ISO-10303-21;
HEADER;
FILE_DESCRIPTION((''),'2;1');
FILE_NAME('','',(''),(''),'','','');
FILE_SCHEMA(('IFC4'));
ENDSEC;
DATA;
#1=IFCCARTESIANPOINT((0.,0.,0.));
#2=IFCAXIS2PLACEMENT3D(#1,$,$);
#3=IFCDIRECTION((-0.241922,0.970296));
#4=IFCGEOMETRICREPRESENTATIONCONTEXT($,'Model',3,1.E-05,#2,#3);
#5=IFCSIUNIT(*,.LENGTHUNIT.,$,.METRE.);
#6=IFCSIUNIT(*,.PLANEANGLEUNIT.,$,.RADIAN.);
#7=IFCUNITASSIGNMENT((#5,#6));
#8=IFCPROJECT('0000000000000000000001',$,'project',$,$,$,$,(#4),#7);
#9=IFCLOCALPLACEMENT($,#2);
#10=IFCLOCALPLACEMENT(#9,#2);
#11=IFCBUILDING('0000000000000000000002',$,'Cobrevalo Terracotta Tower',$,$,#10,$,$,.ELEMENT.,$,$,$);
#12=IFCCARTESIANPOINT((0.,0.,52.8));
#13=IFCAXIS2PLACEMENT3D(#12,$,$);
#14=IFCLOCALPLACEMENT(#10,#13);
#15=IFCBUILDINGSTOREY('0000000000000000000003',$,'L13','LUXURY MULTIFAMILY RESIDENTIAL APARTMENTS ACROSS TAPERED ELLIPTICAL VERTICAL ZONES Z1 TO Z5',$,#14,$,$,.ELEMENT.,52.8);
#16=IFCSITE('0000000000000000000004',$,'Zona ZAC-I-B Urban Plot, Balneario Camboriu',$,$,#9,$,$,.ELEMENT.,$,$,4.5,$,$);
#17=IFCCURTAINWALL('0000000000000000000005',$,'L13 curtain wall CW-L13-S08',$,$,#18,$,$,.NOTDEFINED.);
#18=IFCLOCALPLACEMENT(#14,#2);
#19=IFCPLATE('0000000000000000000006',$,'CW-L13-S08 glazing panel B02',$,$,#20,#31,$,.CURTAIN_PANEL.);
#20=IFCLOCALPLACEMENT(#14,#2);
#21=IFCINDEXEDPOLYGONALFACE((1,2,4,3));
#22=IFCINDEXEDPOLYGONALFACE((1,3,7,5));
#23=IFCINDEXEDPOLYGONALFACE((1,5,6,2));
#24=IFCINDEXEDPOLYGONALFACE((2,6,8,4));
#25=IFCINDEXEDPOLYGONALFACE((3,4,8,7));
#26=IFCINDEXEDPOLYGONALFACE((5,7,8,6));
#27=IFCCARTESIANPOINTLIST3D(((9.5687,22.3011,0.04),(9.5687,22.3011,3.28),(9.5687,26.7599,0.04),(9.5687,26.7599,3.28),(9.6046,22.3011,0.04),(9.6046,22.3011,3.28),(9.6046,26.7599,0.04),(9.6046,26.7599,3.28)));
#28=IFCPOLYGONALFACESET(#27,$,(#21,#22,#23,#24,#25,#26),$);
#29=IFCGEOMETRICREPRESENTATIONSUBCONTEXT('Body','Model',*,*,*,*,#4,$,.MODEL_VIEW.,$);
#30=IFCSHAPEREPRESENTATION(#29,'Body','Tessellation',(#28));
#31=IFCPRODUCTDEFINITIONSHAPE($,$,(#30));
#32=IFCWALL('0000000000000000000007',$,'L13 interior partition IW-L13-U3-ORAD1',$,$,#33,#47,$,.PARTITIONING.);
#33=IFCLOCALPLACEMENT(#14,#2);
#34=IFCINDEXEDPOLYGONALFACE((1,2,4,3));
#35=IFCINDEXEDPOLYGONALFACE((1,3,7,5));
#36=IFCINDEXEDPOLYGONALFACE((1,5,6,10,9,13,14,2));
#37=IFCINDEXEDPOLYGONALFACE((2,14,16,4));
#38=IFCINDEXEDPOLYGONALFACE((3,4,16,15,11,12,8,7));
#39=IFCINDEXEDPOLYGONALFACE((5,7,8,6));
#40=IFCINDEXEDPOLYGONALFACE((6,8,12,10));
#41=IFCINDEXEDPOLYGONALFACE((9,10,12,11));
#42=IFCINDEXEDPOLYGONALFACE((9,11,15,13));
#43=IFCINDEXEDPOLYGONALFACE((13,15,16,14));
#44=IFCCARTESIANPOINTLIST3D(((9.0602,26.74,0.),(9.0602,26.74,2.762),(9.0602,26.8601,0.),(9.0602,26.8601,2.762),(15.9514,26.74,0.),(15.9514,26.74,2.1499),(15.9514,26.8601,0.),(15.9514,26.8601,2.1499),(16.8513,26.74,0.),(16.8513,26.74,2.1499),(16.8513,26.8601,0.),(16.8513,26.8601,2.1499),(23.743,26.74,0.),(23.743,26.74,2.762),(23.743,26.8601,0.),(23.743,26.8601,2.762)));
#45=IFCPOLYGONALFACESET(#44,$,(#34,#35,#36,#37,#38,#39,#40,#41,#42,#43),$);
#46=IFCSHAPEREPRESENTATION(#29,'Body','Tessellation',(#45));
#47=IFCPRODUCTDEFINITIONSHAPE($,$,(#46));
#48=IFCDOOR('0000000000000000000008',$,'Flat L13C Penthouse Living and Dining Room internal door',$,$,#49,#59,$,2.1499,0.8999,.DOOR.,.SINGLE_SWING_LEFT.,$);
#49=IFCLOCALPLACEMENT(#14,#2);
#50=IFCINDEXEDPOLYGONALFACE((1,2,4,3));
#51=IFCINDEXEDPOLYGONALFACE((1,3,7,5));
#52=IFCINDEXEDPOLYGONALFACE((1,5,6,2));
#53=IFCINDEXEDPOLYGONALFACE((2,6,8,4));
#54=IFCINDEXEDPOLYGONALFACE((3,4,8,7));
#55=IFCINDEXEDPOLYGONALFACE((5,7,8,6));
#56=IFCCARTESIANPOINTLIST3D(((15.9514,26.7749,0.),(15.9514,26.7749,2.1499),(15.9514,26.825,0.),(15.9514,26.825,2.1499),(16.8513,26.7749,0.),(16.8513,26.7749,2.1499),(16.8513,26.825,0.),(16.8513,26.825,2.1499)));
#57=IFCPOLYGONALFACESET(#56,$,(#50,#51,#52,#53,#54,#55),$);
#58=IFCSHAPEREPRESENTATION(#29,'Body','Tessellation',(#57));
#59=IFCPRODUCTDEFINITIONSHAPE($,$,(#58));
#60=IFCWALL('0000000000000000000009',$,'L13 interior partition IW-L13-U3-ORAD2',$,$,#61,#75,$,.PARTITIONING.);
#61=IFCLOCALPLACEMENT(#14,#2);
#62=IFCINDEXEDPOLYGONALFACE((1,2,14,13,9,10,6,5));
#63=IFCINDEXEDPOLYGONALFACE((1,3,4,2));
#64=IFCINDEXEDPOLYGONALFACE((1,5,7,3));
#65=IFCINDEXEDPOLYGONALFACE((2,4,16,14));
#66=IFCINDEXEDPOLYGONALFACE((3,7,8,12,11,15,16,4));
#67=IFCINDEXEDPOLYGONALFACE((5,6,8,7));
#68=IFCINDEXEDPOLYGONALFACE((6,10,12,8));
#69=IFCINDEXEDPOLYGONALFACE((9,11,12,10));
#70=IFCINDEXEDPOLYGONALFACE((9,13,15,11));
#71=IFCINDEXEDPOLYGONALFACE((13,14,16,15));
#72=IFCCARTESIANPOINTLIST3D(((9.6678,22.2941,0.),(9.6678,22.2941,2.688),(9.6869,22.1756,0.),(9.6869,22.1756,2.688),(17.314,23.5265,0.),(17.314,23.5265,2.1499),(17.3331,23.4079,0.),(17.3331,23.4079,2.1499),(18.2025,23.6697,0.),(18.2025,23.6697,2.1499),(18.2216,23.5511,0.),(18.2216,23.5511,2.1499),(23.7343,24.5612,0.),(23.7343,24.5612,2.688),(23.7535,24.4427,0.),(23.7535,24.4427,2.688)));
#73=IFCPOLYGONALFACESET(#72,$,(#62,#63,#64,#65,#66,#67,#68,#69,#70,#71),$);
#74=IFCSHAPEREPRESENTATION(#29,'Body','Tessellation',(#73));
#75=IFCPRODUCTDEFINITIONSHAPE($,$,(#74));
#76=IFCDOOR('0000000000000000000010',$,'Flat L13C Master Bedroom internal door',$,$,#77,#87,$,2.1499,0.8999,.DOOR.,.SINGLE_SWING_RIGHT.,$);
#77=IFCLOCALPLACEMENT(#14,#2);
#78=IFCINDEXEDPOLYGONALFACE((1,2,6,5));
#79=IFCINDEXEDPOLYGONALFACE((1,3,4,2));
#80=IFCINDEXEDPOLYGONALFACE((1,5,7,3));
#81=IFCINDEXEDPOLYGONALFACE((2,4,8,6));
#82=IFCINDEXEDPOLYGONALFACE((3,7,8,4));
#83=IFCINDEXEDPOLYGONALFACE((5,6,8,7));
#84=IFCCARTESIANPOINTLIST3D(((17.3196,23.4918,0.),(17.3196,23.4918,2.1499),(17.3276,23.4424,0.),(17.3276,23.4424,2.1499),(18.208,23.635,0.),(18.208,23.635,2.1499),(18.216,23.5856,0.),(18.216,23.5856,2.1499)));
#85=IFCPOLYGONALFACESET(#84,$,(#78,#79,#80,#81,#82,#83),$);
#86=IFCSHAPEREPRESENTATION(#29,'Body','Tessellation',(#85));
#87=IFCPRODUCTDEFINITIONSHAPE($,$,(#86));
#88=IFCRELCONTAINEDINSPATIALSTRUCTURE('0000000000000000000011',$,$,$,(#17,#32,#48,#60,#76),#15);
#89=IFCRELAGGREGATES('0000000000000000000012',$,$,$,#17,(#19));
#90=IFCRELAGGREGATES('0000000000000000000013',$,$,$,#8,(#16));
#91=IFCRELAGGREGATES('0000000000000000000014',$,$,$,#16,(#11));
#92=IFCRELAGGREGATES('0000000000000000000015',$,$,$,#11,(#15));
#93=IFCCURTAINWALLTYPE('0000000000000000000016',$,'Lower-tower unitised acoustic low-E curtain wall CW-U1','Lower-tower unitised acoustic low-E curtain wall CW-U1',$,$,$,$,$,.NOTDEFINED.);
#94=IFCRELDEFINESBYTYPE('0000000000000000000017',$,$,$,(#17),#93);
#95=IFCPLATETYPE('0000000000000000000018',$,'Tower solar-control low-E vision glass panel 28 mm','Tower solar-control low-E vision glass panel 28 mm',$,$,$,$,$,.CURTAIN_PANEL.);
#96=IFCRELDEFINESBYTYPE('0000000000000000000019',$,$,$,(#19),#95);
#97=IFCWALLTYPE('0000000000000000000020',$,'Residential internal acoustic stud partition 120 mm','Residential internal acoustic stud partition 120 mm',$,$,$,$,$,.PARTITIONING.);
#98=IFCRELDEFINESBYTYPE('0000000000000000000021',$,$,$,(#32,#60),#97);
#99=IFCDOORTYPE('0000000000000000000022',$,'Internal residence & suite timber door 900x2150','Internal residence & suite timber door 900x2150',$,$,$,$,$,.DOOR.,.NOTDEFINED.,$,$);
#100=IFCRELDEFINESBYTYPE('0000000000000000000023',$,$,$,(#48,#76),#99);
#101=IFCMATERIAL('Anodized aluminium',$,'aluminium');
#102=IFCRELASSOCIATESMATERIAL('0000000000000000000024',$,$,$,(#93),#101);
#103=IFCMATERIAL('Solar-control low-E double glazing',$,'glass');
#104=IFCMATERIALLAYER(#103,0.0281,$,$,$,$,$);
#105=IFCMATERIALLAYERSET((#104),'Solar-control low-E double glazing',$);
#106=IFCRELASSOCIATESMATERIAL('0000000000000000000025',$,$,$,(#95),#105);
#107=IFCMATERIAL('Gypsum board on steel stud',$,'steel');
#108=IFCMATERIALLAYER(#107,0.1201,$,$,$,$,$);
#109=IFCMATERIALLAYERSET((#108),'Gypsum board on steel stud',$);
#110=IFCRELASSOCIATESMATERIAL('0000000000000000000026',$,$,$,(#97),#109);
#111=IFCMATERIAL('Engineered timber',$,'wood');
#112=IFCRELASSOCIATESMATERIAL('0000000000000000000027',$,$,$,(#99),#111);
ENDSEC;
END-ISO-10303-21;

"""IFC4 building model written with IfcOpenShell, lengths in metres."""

from ifc_helpers import new_model, si_unit, direction, frame, frame_2d, origin, origin_2d, place, context, subcontext, project, spatial, rectangle, extrude, source, transform, mapped, material, layer, layer_set, type_object, element, fill, aggregate, save


model = new_model("IFC4")

# Units and contexts
model_context = context("Model", 3, precision=1e-05, world=origin(), true_north=direction((-0.241922, 0.970296)))
body_context = subcontext(model_context, "Body", "Model", "MODEL_VIEW")
ifc_project = project(units=[si_unit("LENGTHUNIT", "METRE"), si_unit("PLANEANGLEUNIT", "RADIAN")], contexts=[model_context])

# Site, building, storey
site_placement = place(None, origin())
site = spatial("IfcSite", under=ifc_project, at=site_placement, Name="Zona ZAC-I-B Urban Plot, Balneario Camboriu", CompositionType="ELEMENT", RefElevation=4.5)
building_placement = place(site_placement, origin())
building = spatial("IfcBuilding", under=site, at=building_placement, Name="Cobrevalo Terracotta Tower", CompositionType="ELEMENT")
storey_placement = place(building_placement, frame((0.0, 0.0, 52.8)))
storey = spatial("IfcBuildingStorey", under=building, at=storey_placement, Name="L13", Description="LUXURY MULTIFAMILY RESIDENTIAL APARTMENTS ACROSS TAPERED ELLIPTICAL VERTICAL ZONES Z1 TO Z5", CompositionType="ELEMENT", Elevation=52.8)

# Curtain wall, plate
ifc_material_1 = material(Name="Anodized aluminium", Category="aluminium")
curtain_wall_type = type_object("IfcCurtainWallType", Name="Lower-tower unitised acoustic low-E curtain wall CW-U1", Description="Lower-tower unitised acoustic low-E curtain wall CW-U1", PredefinedType="NOTDEFINED", material=ifc_material_1)
curtain_wall_placement = place(storey_placement, origin())
curtain_wall = element("IfcCurtainWall", 1, at=curtain_wall_placement, inside=storey, type_object=curtain_wall_type, Name="L13 curtain wall CW-L13-S08", PredefinedType="NOTDEFINED")
ifc_material_2 = material(Name="Solar-control low-E double glazing", Category="glass")
ifc_layer_1 = layer(ifc_material_2, 0.0281)
ifc_layer_set_1 = layer_set([ifc_layer_1], Name="Solar-control low-E double glazing")
plate_type = type_object("IfcPlateType", Name="Tower solar-control low-E vision glass panel 28 mm", Description="Tower solar-control low-E vision glass panel 28 mm", PredefinedType="CURTAIN_PANEL", material=ifc_layer_set_1)
shared_shape_1 = source(origin(), body_context, "Body", "SweptSolid", [
    extrude(rectangle(XDim=4.4587, YDim=0.0359, at=origin_2d()), origin(), (0.0, 0.0, 1.0), 3.24),
])
plate_1_placement = place(storey_placement, frame((9.5867, 24.5305, 0.04), z_axis=(0.0, 0.0, 1.0), x_axis=(0.0, -1.0, 0.0)))
plate_1 = element("IfcPlate", 2, at=plate_1_placement, type_object=plate_type, Name="CW-L13-S08 glazing panel B02", PredefinedType="CURTAIN_PANEL", context=body_context, shape_type="MappedRepresentation", body=[
    mapped(shared_shape_1, transform((0.0, 0.0, 0.0), scale=1.0)),
])
aggregate(curtain_wall, [plate_1])

# Walls, openings, doors
ifc_material_3 = material(Name="Gypsum board on steel stud", Category="steel")
ifc_layer_2 = layer(ifc_material_3, 0.1201)
ifc_layer_set_2 = layer_set([ifc_layer_2], Name="Gypsum board on steel stud")
wall_type = type_object("IfcWallType", Name="Residential internal acoustic stud partition 120 mm", Description="Residential internal acoustic stud partition 120 mm", PredefinedType="PARTITIONING", material=ifc_layer_set_2)
wall_1_placement = place(storey_placement, frame((23.7429, 26.8, 0.0), z_axis=(0.0, 0.0, 1.0), x_axis=(-1.0, 0.0, 0.0)))
wall_1 = element("IfcWall", 3, at=wall_1_placement, inside=storey, type_object=wall_type, Name="L13 interior partition IW-L13-U3-ORAD1", PredefinedType="PARTITIONING", context=body_context, shape_type="SweptSolid", body=[
    extrude(rectangle(XDim=14.6829, YDim=0.1201, at=frame_2d((7.3413, 0.0))), origin(), (0.0, 0.0, 1.0), 2.762),
])
opening_1_placement = place(wall_1_placement, frame((6.8916, 0.0, 0.0)))
opening_1 = element("IfcOpeningElement", 4, at=opening_1_placement, cuts=wall_1, PredefinedType="OPENING", context=body_context, shape_type="SweptSolid", body=[
    extrude(rectangle(XDim=0.8999, YDim=2.1499, at=frame_2d((0.45, 1.075))), frame((0.0, 0.0701, 0.0), z_axis=(0.0, -1.0, 0.0), x_axis=(1.0, 0.0, 0.0)), (0.0, 0.0, 1.0), 0.1401),
])
ifc_material_4 = material(Name="Engineered timber", Category="wood")
door_type = type_object("IfcDoorType", Name="Internal residence & suite timber door 900x2150", Description="Internal residence & suite timber door 900x2150", OperationType="NOTDEFINED", PredefinedType="DOOR", material=ifc_material_4)
shared_shape_2 = source(origin(), body_context, "Body", "SweptSolid", [
    extrude(rectangle(XDim=0.8999, YDim=2.1499, at=frame_2d((0.45, 1.075))), frame((0.0, 0.0249, 0.0), z_axis=(0.0, -1.0, 0.0), x_axis=(1.0, 0.0, 0.0)), (0.0, 0.0, 1.0), 0.05),
])
door_1_placement = place(opening_1_placement, frame((0.8999, 0.0, 0.0), z_axis=(0.0, 0.0, 1.0), x_axis=(-1.0, 0.0, 0.0)))
door_1 = element("IfcDoor", 5, at=door_1_placement, inside=storey, type_object=door_type, Name="Flat L13C Penthouse Living and Dining Room internal door", OperationType="SINGLE_SWING_LEFT", OverallHeight=2.1499, OverallWidth=0.8999, PredefinedType="DOOR", context=body_context, shape_type="MappedRepresentation", body=[
    mapped(shared_shape_2, transform((0.0, 0.0, 0.0), scale=1.0)),
])
fill(opening_1, door_1)
wall_2_placement = place(storey_placement, frame((23.7439, 24.502, 0.0), z_axis=(0.0, 0.0, 1.0), x_axis=(-0.98726, -0.159117, 0.0)))
wall_2 = element("IfcWall", 6, at=wall_2_placement, inside=storey, type_object=wall_type, Name="L13 interior partition IW-L13-U3-ORAD2", PredefinedType="PARTITIONING", context=body_context, shape_type="SweptSolid", body=[
    extrude(rectangle(XDim=14.248, YDim=0.1201, at=frame_2d((7.124, 0.0))), origin(), (0.0, 0.0, 1.0), 2.688),
])
opening_2_placement = place(wall_2_placement, frame((5.6033, 0.0, 0.0)))
opening_2 = element("IfcOpeningElement", 7, at=opening_2_placement, cuts=wall_2, PredefinedType="OPENING", context=body_context, shape_type="SweptSolid", body=[
    extrude(rectangle(XDim=0.8999, YDim=2.1499, at=frame_2d((0.45, 1.075))), frame((0.0, 0.0701, 0.0), z_axis=(0.0, -1.0, 0.0), x_axis=(1.0, 0.0, 0.0)), (0.0, 0.0, 1.0), 0.1401),
])
door_2_placement = place(opening_2_placement, frame((0.8999, 0.0, 0.0), z_axis=(0.0, 0.0, 1.0), x_axis=(-1.0, 0.0, 0.0)))
door_2 = element("IfcDoor", 8, at=door_2_placement, inside=storey, type_object=door_type, Name="Flat L13C Master Bedroom internal door", OperationType="SINGLE_SWING_RIGHT", OverallHeight=2.1499, OverallWidth=0.8999, PredefinedType="DOOR", context=body_context, shape_type="MappedRepresentation", body=[
    mapped(shared_shape_2, transform((0.0, 0.0, 0.0), scale=1.0)),
])
fill(opening_2, door_2)

save(model, "model.ifc")
